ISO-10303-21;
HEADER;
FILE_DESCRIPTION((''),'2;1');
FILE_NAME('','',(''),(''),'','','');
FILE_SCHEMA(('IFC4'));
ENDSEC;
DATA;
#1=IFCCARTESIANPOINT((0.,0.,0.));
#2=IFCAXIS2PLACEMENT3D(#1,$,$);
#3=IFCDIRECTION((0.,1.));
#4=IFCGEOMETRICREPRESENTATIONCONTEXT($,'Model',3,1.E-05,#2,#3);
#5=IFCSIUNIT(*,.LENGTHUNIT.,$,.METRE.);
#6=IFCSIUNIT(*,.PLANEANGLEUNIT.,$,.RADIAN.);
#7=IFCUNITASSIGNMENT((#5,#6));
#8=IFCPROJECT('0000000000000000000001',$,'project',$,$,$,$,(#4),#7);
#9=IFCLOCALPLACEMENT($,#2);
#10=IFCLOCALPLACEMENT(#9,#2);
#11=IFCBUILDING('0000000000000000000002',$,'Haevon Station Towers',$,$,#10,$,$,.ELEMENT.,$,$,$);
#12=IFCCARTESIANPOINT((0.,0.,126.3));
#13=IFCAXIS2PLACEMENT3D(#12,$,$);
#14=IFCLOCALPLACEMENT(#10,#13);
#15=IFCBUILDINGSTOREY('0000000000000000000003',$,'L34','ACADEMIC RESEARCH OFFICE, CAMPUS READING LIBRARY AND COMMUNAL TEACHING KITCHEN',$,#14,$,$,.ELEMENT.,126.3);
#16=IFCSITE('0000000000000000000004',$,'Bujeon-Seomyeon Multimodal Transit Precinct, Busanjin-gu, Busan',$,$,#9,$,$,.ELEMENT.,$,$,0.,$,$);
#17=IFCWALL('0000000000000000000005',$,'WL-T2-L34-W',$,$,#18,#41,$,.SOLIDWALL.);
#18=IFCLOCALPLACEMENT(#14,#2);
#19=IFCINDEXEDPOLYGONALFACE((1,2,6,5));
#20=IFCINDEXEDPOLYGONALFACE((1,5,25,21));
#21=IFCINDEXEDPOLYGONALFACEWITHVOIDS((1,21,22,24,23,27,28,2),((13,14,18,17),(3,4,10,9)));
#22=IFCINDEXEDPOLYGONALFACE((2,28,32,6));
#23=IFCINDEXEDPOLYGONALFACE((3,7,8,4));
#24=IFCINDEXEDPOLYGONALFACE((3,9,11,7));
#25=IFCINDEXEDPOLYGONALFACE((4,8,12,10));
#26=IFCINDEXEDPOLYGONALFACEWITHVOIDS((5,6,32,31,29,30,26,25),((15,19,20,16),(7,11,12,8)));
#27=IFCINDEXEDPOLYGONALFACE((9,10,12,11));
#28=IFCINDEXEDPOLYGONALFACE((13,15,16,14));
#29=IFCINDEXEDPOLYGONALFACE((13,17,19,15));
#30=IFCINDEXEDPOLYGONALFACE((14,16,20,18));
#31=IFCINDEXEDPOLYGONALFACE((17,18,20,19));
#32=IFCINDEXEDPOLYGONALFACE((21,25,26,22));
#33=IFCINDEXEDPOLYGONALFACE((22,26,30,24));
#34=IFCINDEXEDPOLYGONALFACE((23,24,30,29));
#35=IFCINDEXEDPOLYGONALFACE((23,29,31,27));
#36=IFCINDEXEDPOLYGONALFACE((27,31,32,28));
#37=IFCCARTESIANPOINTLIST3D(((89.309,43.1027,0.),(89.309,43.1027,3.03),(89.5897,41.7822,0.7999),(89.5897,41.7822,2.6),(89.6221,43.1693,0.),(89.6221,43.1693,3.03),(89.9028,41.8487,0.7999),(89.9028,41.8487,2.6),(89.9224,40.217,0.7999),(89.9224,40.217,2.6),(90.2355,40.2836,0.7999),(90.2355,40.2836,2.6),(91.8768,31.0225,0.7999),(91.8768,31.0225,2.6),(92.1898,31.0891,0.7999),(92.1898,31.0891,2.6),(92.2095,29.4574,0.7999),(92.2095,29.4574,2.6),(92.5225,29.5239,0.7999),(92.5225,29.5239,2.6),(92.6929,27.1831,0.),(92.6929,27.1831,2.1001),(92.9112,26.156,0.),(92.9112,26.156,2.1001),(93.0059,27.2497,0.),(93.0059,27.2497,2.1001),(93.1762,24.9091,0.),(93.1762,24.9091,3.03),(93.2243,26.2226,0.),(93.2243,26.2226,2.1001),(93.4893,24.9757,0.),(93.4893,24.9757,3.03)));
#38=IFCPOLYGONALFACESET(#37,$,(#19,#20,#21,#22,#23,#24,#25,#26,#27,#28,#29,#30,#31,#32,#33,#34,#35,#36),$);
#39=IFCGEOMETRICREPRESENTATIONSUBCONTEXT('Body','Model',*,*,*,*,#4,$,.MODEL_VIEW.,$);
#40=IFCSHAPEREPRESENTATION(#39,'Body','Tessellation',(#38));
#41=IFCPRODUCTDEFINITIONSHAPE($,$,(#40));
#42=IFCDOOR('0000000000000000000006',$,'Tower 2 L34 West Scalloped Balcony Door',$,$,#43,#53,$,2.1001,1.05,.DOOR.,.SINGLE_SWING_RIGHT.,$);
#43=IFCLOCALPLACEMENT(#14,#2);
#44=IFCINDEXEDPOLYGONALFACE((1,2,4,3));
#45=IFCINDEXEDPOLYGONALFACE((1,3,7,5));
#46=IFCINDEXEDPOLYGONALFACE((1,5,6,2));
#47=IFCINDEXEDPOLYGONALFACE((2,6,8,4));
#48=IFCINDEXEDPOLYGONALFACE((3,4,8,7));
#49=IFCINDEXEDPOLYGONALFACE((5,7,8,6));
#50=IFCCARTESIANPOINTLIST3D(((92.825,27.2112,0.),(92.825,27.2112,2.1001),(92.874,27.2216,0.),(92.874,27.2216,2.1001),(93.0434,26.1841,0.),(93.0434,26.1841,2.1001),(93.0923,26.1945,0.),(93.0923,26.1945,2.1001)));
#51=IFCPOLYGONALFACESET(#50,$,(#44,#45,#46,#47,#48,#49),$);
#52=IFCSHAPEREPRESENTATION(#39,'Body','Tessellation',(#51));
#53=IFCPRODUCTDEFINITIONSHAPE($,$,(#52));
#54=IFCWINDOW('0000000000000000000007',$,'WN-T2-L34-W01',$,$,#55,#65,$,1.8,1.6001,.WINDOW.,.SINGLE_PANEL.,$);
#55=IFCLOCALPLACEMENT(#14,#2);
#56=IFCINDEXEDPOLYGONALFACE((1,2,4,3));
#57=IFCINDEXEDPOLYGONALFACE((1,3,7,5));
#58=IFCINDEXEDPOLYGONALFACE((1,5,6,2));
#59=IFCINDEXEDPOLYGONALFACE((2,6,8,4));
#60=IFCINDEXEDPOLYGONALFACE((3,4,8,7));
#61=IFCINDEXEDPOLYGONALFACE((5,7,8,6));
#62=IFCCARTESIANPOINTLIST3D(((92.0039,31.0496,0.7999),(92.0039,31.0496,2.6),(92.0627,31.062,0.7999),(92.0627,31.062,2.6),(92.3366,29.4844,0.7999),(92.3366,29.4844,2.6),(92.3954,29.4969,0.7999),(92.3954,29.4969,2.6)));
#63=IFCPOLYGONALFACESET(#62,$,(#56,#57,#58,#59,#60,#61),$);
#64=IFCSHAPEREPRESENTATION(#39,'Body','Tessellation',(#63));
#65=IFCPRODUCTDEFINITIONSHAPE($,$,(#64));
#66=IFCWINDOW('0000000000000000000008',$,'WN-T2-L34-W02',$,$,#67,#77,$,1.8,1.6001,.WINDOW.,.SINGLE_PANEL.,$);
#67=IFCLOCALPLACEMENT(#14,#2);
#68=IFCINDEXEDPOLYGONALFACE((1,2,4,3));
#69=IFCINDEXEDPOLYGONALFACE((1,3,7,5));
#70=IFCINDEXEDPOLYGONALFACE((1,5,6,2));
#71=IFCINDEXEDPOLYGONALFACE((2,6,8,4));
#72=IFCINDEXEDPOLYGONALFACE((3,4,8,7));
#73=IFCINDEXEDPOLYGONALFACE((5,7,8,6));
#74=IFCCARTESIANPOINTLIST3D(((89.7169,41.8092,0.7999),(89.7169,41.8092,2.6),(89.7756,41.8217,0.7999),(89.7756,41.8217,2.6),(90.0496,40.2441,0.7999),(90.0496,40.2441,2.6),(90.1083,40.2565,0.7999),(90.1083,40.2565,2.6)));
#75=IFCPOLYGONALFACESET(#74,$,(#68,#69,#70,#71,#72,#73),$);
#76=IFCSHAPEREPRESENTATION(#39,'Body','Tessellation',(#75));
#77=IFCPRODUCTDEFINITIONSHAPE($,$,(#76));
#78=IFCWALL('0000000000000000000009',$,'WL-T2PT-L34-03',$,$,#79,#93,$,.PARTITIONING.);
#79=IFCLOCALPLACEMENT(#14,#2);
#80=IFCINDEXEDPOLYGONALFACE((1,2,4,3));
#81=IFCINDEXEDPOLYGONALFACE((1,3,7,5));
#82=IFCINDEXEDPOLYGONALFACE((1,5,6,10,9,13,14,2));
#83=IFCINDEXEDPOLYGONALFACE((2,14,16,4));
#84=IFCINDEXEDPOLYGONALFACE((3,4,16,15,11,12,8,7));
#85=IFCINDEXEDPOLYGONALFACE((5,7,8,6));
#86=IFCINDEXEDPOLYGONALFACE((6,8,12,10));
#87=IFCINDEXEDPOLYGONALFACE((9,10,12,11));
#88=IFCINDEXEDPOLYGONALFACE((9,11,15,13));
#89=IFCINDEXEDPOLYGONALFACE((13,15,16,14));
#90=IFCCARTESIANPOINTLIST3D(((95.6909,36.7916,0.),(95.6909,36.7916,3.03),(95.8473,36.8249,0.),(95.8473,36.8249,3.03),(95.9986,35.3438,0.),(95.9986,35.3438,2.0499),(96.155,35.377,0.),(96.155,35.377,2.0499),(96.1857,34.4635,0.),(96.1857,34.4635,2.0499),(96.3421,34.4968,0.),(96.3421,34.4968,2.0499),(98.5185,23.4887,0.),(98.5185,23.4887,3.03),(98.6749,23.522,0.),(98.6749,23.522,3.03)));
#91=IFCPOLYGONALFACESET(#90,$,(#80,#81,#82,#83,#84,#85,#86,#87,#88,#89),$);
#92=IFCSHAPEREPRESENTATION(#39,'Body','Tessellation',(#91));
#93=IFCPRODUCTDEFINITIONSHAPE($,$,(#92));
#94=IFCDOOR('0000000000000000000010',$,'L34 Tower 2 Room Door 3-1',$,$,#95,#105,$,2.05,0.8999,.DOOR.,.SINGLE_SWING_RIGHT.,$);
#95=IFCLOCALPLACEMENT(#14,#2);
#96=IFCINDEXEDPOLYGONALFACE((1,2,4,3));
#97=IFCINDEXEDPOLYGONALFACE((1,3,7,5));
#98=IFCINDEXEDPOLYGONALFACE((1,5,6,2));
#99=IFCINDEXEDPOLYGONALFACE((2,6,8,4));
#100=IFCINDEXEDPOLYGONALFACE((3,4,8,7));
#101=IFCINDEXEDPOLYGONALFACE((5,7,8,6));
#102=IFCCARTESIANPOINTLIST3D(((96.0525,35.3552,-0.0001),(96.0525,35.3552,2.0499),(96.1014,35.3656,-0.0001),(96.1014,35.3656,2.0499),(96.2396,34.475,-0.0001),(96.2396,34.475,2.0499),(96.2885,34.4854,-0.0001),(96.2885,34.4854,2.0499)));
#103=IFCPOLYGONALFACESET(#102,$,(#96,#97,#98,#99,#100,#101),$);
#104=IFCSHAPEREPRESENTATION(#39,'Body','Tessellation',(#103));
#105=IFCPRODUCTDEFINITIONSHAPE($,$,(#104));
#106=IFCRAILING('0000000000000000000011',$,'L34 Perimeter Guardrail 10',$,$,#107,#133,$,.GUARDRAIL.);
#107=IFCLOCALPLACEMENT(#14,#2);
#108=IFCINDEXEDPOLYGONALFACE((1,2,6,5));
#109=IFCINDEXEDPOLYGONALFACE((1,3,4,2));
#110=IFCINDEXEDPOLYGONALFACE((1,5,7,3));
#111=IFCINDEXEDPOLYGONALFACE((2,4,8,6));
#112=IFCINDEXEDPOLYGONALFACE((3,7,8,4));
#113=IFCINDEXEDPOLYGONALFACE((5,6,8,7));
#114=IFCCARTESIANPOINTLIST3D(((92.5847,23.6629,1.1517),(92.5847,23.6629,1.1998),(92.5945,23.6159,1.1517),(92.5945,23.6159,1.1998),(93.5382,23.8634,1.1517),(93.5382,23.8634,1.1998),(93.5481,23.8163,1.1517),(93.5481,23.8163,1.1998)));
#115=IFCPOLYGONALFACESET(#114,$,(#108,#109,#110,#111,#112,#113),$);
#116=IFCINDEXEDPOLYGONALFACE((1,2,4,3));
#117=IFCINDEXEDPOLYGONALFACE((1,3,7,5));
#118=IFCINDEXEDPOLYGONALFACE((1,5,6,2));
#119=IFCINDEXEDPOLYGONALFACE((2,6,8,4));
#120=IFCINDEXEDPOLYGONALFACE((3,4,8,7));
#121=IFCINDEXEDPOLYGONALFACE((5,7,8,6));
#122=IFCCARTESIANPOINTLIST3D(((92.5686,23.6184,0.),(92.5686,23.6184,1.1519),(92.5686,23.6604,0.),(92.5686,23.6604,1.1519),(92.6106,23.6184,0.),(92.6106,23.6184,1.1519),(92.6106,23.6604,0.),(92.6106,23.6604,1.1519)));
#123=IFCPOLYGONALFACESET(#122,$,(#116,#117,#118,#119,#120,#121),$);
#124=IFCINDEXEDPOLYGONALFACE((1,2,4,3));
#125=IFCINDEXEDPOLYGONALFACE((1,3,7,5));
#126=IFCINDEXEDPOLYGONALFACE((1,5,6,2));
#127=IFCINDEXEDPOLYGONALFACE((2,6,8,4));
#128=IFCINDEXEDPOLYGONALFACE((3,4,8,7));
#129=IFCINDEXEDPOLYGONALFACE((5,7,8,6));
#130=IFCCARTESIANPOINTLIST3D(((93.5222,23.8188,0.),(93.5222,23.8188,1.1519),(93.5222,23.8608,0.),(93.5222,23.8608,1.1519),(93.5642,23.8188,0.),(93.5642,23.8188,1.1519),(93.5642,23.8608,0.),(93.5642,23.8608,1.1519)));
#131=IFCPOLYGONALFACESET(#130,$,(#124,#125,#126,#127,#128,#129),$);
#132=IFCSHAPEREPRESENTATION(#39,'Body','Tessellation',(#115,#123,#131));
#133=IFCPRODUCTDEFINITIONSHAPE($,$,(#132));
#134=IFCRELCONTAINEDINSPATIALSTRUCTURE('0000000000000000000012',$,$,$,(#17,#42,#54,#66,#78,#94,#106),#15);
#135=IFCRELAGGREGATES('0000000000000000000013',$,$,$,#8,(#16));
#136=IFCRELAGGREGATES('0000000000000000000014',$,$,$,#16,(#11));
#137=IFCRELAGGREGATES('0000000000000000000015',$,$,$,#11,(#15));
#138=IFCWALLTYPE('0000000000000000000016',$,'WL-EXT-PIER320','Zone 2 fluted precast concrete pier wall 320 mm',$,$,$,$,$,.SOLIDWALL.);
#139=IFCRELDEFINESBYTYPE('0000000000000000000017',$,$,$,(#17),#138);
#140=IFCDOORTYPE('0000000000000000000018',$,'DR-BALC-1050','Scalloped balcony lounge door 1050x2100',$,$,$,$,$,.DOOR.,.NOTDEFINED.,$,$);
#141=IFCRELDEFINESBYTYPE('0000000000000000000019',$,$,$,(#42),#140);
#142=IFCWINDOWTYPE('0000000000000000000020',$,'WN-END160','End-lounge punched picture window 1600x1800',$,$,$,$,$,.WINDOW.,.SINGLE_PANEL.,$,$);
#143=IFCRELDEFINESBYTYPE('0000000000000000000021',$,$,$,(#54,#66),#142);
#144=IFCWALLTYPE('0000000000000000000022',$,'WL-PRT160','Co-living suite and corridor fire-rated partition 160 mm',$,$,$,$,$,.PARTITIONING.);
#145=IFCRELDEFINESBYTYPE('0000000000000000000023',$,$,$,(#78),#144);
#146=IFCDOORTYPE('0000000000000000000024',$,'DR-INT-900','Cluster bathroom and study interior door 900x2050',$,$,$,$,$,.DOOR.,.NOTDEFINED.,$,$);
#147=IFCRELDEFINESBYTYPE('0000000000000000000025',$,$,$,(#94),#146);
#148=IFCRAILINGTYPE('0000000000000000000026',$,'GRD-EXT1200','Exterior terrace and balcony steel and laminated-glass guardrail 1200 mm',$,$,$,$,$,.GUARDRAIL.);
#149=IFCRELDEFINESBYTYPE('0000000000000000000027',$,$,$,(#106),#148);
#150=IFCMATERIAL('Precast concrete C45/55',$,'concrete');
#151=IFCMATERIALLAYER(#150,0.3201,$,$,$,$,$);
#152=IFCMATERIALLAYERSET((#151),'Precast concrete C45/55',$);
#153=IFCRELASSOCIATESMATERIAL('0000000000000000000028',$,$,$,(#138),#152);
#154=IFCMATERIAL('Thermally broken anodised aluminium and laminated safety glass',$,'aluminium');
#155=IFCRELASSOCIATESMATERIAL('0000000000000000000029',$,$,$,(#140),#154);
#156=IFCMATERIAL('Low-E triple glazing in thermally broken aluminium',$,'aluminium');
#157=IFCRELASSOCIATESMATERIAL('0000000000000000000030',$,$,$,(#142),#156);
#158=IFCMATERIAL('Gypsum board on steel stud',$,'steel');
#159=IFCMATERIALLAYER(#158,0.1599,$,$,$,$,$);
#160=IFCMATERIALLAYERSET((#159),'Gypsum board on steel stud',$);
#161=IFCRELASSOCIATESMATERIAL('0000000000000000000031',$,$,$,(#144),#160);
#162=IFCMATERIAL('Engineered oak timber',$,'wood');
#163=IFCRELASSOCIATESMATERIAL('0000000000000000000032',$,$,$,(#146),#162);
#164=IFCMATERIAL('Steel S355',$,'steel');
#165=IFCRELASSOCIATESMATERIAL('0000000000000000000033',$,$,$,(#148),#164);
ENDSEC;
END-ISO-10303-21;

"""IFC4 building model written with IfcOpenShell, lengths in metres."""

from ifc_helpers import new_model, si_unit, direction, frame, frame_2d, origin, origin_2d, place, context, subcontext, project, spatial, rectangle, extrude, material, layer, layer_set, type_object, element, fill, save


model = new_model("IFC4")

# Units and contexts
model_context = context("Model", 3, precision=1e-05, world=origin(), true_north=direction((0.0, 1.0)))
body_context = subcontext(model_context, "Body", "Model", "MODEL_VIEW")
ifc_project = project(units=[si_unit("LENGTHUNIT", "METRE"), si_unit("PLANEANGLEUNIT", "RADIAN")], contexts=[model_context])

# Site, building, storey
site_placement = place(None, origin())
site = spatial("IfcSite", under=ifc_project, at=site_placement, Name="Bujeon-Seomyeon Multimodal Transit Precinct, Busanjin-gu, Busan", CompositionType="ELEMENT", RefElevation=0.0)
building_placement = place(site_placement, origin())
building = spatial("IfcBuilding", under=site, at=building_placement, Name="Haevon Station Towers", CompositionType="ELEMENT")
storey_placement = place(building_placement, frame((0.0, 0.0, 126.3)))
storey = spatial("IfcBuildingStorey", under=building, at=storey_placement, Name="L34", Description="ACADEMIC RESEARCH OFFICE, CAMPUS READING LIBRARY AND COMMUNAL TEACHING KITCHEN", CompositionType="ELEMENT", Elevation=126.3)

# Shared definitions
ifc_material_1 = material(Name="Steel S355", Category="steel")

# Shared definitions
ifc_material_2 = material(Name="Precast concrete C45/55", Category="concrete")
ifc_layer_1 = layer(ifc_material_2, 0.3201)
ifc_layer_set_1 = layer_set([ifc_layer_1], Name="Precast concrete C45/55")
wall_type_1 = type_object("IfcWallType", Name="WL-EXT-PIER320", Description="Zone 2 fluted precast concrete pier wall 320 mm", PredefinedType="SOLIDWALL", material=ifc_layer_set_1)

# Wall, openings, door, windows
wall_1_placement = place(storey_placement, frame((93.3328, 24.9424, 0.0), z_axis=(0.0, 0.0, 1.0), x_axis=(-0.207913, 0.978147, 0.0)))
wall_1 = element("IfcWall", 1, at=wall_1_placement, inside=storey, type_object=wall_type_1, Name="WL-T2-L34-W", PredefinedType="SOLIDWALL", context=body_context, shape_type="SweptSolid", body=[
    extrude(rectangle(XDim=18.6001, YDim=0.3201, at=frame_2d((9.3, 0.0))), origin(), (0.0, 0.0, 1.0), 3.03),
])
opening_1_placement = place(wall_1_placement, frame((1.2749, 0.0, 0.0)))
opening_1 = element("IfcOpeningElement", 2, at=opening_1_placement, cuts=wall_1, PredefinedType="OPENING", context=body_context, shape_type="SweptSolid", body=[
    extrude(rectangle(XDim=1.05, YDim=2.1001, at=frame_2d((0.5249, 1.05))), frame((0.0, 0.1699, 0.0), z_axis=(0.0, -1.0, 0.0), x_axis=(1.0, 0.0, 0.0)), (0.0, 0.0, 1.0), 0.3401),
])
opening_2_placement = place(wall_1_placement, frame((4.6499, 0.0, 0.8)))
opening_2 = element("IfcOpeningElement", 3, at=opening_2_placement, cuts=wall_1, PredefinedType="OPENING", context=body_context, shape_type="SweptSolid", body=[
    extrude(rectangle(XDim=1.6001, YDim=1.8, at=frame_2d((0.8, 0.8999))), frame((0.0, 0.1699, 0.0), z_axis=(0.0, -1.0, 0.0), x_axis=(1.0, 0.0, 0.0)), (0.0, 0.0, 1.0), 0.3401),
])
opening_3_placement = place(wall_1_placement, frame((15.6499, 0.0, 0.8)))
opening_3 = element("IfcOpeningElement", 4, at=opening_3_placement, cuts=wall_1, PredefinedType="OPENING", context=body_context, shape_type="SweptSolid", body=[
    extrude(rectangle(XDim=1.6001, YDim=1.8, at=frame_2d((0.8, 0.8999))), frame((0.0, 0.1699, 0.0), z_axis=(0.0, -1.0, 0.0), x_axis=(1.0, 0.0, 0.0)), (0.0, 0.0, 1.0), 0.3401),
])
ifc_material_3 = material(Name="Thermally broken anodised aluminium and laminated safety glass", Category="aluminium")
door_type_1 = type_object("IfcDoorType", Name="DR-BALC-1050", Description="Scalloped balcony lounge door 1050x2100", OperationType="NOTDEFINED", PredefinedType="DOOR", material=ifc_material_3)
door_1_placement = place(opening_1_placement, origin())
door_1 = element("IfcDoor", 5, at=door_1_placement, inside=storey, type_object=door_type_1, Name="Tower 2 L34 West Scalloped Balcony Door", OperationType="SINGLE_SWING_RIGHT", OverallHeight=2.1001, OverallWidth=1.05, PredefinedType="DOOR", context=body_context, shape_type="SweptSolid", body=[
    extrude(rectangle(XDim=1.05, YDim=2.1001, at=frame_2d((0.5249, 1.05))), frame((0.0, 0.0249, 0.0), z_axis=(0.0, -1.0, 0.0), x_axis=(1.0, 0.0, 0.0)), (0.0, 0.0, 1.0), 0.05),
])
fill(opening_1, door_1)
ifc_material_4 = material(Name="Low-E triple glazing in thermally broken aluminium", Category="aluminium")
window_type = type_object("IfcWindowType", Name="WN-END160", Description="End-lounge punched picture window 1600x1800", PartitioningType="SINGLE_PANEL", PredefinedType="WINDOW", material=ifc_material_4)
window_1_placement = place(opening_2_placement, origin())
window_1 = element("IfcWindow", 6, at=window_1_placement, inside=storey, type_object=window_type, Name="WN-T2-L34-W01", OverallHeight=1.8, OverallWidth=1.6001, PartitioningType="SINGLE_PANEL", PredefinedType="WINDOW", context=body_context, shape_type="SweptSolid", body=[
    extrude(rectangle(XDim=1.6001, YDim=1.8, at=frame_2d((0.8, 0.8999))), frame((0.0, 0.03, 0.0), z_axis=(0.0, -1.0, 0.0), x_axis=(1.0, 0.0, 0.0)), (0.0, 0.0, 1.0), 0.0601),
])
fill(opening_2, window_1)
window_2_placement = place(opening_3_placement, origin())
window_2 = element("IfcWindow", 7, at=window_2_placement, inside=storey, type_object=window_type, Name="WN-T2-L34-W02", OverallHeight=1.8, OverallWidth=1.6001, PartitioningType="SINGLE_PANEL", PredefinedType="WINDOW", context=body_context, shape_type="SweptSolid", body=[
    extrude(rectangle(XDim=1.6001, YDim=1.8, at=frame_2d((0.8, 0.8999))), frame((0.0, 0.03, 0.0), z_axis=(0.0, -1.0, 0.0), x_axis=(1.0, 0.0, 0.0)), (0.0, 0.0, 1.0), 0.0601),
])
fill(opening_3, window_2)

# Wall, opening, door
ifc_material_5 = material(Name="Gypsum board on steel stud", Category="steel")
ifc_layer_2 = layer(ifc_material_5, 0.1599)
ifc_layer_set_2 = layer_set([ifc_layer_2], Name="Gypsum board on steel stud")
wall_type_2 = type_object("IfcWallType", Name="WL-PRT160", Description="Co-living suite and corridor fire-rated partition 160 mm", PredefinedType="PARTITIONING", material=ifc_layer_set_2)
wall_2_placement = place(storey_placement, frame((98.5967, 23.5054, 0.0), z_axis=(0.0, 0.0, 1.0), x_axis=(-0.207912, 0.978148, 0.0)))
wall_2 = element("IfcWall", 8, at=wall_2_placement, inside=storey, type_object=wall_type_2, Name="WL-T2PT-L34-03", PredefinedType="PARTITIONING", context=body_context, shape_type="SweptSolid", body=[
    extrude(rectangle(XDim=13.6001, YDim=0.1599, at=frame_2d((6.8, 0.0))), origin(), (0.0, 0.0, 1.0), 3.03),
])
opening_4_placement = place(wall_2_placement, frame((11.22, 0.0, 0.0)))
opening_4 = element("IfcOpeningElement", 9, at=opening_4_placement, cuts=wall_2, PredefinedType="OPENING", context=body_context, shape_type="SweptSolid", body=[
    extrude(rectangle(XDim=0.8999, YDim=2.05, at=frame_2d((0.45, 1.0249))), frame((0.0, 0.0898, 0.0), z_axis=(0.0, -1.0, 0.0), x_axis=(1.0, 0.0, 0.0)), (0.0, 0.0, 1.0), 0.1799),
])
ifc_material_6 = material(Name="Engineered oak timber", Category="wood")
door_type_2 = type_object("IfcDoorType", Name="DR-INT-900", Description="Cluster bathroom and study interior door 900x2050", OperationType="NOTDEFINED", PredefinedType="DOOR", material=ifc_material_6)
door_2_placement = place(opening_4_placement, origin())
door_2 = element("IfcDoor", 10, at=door_2_placement, inside=storey, type_object=door_type_2, Name="L34 Tower 2 Room Door 3-1", OperationType="SINGLE_SWING_RIGHT", OverallHeight=2.05, OverallWidth=0.8999, PredefinedType="DOOR", context=body_context, shape_type="SweptSolid", body=[
    extrude(rectangle(XDim=0.8999, YDim=2.05, at=frame_2d((0.45, 1.0249))), frame((0.0, 0.0249, 0.0), z_axis=(0.0, -1.0, 0.0), x_axis=(1.0, 0.0, 0.0)), (0.0, 0.0, 1.0), 0.05),
])
fill(opening_4, door_2)

# Railing
railing_type = type_object("IfcRailingType", Name="GRD-EXT1200", Description="Exterior terrace and balcony steel and laminated-glass guardrail 1200 mm", PredefinedType="GUARDRAIL", material=ifc_material_1)
railing_placement = place(storey_placement, frame((92.5896, 23.6394, 0.0)))
element("IfcRailing", 11, at=railing_placement, inside=storey, type_object=railing_type, Name="L34 Perimeter Guardrail 10", PredefinedType="GUARDRAIL", context=body_context, shape_type="SweptSolid", body=[
    extrude(rectangle(XDim=0.0481, YDim=0.0481, at=origin_2d()), frame((0.0, 0.0, 1.1758), z_axis=(0.978616, 0.205695, 0.0), x_axis=(-0.205695, 0.978616, 0.0)), (0.0, 0.0, 1.0), 0.9744),
    extrude(rectangle(XDim=0.042, YDim=0.042, at=origin_2d()), origin(), (0.0, 0.0, 1.0), 1.1519),
    extrude(rectangle(XDim=0.042, YDim=0.042, at=origin_2d()), frame((0.9536, 0.2004, 0.0)), (0.0, 0.0, 1.0), 1.1519),
])

save(model, "model.ifc")
